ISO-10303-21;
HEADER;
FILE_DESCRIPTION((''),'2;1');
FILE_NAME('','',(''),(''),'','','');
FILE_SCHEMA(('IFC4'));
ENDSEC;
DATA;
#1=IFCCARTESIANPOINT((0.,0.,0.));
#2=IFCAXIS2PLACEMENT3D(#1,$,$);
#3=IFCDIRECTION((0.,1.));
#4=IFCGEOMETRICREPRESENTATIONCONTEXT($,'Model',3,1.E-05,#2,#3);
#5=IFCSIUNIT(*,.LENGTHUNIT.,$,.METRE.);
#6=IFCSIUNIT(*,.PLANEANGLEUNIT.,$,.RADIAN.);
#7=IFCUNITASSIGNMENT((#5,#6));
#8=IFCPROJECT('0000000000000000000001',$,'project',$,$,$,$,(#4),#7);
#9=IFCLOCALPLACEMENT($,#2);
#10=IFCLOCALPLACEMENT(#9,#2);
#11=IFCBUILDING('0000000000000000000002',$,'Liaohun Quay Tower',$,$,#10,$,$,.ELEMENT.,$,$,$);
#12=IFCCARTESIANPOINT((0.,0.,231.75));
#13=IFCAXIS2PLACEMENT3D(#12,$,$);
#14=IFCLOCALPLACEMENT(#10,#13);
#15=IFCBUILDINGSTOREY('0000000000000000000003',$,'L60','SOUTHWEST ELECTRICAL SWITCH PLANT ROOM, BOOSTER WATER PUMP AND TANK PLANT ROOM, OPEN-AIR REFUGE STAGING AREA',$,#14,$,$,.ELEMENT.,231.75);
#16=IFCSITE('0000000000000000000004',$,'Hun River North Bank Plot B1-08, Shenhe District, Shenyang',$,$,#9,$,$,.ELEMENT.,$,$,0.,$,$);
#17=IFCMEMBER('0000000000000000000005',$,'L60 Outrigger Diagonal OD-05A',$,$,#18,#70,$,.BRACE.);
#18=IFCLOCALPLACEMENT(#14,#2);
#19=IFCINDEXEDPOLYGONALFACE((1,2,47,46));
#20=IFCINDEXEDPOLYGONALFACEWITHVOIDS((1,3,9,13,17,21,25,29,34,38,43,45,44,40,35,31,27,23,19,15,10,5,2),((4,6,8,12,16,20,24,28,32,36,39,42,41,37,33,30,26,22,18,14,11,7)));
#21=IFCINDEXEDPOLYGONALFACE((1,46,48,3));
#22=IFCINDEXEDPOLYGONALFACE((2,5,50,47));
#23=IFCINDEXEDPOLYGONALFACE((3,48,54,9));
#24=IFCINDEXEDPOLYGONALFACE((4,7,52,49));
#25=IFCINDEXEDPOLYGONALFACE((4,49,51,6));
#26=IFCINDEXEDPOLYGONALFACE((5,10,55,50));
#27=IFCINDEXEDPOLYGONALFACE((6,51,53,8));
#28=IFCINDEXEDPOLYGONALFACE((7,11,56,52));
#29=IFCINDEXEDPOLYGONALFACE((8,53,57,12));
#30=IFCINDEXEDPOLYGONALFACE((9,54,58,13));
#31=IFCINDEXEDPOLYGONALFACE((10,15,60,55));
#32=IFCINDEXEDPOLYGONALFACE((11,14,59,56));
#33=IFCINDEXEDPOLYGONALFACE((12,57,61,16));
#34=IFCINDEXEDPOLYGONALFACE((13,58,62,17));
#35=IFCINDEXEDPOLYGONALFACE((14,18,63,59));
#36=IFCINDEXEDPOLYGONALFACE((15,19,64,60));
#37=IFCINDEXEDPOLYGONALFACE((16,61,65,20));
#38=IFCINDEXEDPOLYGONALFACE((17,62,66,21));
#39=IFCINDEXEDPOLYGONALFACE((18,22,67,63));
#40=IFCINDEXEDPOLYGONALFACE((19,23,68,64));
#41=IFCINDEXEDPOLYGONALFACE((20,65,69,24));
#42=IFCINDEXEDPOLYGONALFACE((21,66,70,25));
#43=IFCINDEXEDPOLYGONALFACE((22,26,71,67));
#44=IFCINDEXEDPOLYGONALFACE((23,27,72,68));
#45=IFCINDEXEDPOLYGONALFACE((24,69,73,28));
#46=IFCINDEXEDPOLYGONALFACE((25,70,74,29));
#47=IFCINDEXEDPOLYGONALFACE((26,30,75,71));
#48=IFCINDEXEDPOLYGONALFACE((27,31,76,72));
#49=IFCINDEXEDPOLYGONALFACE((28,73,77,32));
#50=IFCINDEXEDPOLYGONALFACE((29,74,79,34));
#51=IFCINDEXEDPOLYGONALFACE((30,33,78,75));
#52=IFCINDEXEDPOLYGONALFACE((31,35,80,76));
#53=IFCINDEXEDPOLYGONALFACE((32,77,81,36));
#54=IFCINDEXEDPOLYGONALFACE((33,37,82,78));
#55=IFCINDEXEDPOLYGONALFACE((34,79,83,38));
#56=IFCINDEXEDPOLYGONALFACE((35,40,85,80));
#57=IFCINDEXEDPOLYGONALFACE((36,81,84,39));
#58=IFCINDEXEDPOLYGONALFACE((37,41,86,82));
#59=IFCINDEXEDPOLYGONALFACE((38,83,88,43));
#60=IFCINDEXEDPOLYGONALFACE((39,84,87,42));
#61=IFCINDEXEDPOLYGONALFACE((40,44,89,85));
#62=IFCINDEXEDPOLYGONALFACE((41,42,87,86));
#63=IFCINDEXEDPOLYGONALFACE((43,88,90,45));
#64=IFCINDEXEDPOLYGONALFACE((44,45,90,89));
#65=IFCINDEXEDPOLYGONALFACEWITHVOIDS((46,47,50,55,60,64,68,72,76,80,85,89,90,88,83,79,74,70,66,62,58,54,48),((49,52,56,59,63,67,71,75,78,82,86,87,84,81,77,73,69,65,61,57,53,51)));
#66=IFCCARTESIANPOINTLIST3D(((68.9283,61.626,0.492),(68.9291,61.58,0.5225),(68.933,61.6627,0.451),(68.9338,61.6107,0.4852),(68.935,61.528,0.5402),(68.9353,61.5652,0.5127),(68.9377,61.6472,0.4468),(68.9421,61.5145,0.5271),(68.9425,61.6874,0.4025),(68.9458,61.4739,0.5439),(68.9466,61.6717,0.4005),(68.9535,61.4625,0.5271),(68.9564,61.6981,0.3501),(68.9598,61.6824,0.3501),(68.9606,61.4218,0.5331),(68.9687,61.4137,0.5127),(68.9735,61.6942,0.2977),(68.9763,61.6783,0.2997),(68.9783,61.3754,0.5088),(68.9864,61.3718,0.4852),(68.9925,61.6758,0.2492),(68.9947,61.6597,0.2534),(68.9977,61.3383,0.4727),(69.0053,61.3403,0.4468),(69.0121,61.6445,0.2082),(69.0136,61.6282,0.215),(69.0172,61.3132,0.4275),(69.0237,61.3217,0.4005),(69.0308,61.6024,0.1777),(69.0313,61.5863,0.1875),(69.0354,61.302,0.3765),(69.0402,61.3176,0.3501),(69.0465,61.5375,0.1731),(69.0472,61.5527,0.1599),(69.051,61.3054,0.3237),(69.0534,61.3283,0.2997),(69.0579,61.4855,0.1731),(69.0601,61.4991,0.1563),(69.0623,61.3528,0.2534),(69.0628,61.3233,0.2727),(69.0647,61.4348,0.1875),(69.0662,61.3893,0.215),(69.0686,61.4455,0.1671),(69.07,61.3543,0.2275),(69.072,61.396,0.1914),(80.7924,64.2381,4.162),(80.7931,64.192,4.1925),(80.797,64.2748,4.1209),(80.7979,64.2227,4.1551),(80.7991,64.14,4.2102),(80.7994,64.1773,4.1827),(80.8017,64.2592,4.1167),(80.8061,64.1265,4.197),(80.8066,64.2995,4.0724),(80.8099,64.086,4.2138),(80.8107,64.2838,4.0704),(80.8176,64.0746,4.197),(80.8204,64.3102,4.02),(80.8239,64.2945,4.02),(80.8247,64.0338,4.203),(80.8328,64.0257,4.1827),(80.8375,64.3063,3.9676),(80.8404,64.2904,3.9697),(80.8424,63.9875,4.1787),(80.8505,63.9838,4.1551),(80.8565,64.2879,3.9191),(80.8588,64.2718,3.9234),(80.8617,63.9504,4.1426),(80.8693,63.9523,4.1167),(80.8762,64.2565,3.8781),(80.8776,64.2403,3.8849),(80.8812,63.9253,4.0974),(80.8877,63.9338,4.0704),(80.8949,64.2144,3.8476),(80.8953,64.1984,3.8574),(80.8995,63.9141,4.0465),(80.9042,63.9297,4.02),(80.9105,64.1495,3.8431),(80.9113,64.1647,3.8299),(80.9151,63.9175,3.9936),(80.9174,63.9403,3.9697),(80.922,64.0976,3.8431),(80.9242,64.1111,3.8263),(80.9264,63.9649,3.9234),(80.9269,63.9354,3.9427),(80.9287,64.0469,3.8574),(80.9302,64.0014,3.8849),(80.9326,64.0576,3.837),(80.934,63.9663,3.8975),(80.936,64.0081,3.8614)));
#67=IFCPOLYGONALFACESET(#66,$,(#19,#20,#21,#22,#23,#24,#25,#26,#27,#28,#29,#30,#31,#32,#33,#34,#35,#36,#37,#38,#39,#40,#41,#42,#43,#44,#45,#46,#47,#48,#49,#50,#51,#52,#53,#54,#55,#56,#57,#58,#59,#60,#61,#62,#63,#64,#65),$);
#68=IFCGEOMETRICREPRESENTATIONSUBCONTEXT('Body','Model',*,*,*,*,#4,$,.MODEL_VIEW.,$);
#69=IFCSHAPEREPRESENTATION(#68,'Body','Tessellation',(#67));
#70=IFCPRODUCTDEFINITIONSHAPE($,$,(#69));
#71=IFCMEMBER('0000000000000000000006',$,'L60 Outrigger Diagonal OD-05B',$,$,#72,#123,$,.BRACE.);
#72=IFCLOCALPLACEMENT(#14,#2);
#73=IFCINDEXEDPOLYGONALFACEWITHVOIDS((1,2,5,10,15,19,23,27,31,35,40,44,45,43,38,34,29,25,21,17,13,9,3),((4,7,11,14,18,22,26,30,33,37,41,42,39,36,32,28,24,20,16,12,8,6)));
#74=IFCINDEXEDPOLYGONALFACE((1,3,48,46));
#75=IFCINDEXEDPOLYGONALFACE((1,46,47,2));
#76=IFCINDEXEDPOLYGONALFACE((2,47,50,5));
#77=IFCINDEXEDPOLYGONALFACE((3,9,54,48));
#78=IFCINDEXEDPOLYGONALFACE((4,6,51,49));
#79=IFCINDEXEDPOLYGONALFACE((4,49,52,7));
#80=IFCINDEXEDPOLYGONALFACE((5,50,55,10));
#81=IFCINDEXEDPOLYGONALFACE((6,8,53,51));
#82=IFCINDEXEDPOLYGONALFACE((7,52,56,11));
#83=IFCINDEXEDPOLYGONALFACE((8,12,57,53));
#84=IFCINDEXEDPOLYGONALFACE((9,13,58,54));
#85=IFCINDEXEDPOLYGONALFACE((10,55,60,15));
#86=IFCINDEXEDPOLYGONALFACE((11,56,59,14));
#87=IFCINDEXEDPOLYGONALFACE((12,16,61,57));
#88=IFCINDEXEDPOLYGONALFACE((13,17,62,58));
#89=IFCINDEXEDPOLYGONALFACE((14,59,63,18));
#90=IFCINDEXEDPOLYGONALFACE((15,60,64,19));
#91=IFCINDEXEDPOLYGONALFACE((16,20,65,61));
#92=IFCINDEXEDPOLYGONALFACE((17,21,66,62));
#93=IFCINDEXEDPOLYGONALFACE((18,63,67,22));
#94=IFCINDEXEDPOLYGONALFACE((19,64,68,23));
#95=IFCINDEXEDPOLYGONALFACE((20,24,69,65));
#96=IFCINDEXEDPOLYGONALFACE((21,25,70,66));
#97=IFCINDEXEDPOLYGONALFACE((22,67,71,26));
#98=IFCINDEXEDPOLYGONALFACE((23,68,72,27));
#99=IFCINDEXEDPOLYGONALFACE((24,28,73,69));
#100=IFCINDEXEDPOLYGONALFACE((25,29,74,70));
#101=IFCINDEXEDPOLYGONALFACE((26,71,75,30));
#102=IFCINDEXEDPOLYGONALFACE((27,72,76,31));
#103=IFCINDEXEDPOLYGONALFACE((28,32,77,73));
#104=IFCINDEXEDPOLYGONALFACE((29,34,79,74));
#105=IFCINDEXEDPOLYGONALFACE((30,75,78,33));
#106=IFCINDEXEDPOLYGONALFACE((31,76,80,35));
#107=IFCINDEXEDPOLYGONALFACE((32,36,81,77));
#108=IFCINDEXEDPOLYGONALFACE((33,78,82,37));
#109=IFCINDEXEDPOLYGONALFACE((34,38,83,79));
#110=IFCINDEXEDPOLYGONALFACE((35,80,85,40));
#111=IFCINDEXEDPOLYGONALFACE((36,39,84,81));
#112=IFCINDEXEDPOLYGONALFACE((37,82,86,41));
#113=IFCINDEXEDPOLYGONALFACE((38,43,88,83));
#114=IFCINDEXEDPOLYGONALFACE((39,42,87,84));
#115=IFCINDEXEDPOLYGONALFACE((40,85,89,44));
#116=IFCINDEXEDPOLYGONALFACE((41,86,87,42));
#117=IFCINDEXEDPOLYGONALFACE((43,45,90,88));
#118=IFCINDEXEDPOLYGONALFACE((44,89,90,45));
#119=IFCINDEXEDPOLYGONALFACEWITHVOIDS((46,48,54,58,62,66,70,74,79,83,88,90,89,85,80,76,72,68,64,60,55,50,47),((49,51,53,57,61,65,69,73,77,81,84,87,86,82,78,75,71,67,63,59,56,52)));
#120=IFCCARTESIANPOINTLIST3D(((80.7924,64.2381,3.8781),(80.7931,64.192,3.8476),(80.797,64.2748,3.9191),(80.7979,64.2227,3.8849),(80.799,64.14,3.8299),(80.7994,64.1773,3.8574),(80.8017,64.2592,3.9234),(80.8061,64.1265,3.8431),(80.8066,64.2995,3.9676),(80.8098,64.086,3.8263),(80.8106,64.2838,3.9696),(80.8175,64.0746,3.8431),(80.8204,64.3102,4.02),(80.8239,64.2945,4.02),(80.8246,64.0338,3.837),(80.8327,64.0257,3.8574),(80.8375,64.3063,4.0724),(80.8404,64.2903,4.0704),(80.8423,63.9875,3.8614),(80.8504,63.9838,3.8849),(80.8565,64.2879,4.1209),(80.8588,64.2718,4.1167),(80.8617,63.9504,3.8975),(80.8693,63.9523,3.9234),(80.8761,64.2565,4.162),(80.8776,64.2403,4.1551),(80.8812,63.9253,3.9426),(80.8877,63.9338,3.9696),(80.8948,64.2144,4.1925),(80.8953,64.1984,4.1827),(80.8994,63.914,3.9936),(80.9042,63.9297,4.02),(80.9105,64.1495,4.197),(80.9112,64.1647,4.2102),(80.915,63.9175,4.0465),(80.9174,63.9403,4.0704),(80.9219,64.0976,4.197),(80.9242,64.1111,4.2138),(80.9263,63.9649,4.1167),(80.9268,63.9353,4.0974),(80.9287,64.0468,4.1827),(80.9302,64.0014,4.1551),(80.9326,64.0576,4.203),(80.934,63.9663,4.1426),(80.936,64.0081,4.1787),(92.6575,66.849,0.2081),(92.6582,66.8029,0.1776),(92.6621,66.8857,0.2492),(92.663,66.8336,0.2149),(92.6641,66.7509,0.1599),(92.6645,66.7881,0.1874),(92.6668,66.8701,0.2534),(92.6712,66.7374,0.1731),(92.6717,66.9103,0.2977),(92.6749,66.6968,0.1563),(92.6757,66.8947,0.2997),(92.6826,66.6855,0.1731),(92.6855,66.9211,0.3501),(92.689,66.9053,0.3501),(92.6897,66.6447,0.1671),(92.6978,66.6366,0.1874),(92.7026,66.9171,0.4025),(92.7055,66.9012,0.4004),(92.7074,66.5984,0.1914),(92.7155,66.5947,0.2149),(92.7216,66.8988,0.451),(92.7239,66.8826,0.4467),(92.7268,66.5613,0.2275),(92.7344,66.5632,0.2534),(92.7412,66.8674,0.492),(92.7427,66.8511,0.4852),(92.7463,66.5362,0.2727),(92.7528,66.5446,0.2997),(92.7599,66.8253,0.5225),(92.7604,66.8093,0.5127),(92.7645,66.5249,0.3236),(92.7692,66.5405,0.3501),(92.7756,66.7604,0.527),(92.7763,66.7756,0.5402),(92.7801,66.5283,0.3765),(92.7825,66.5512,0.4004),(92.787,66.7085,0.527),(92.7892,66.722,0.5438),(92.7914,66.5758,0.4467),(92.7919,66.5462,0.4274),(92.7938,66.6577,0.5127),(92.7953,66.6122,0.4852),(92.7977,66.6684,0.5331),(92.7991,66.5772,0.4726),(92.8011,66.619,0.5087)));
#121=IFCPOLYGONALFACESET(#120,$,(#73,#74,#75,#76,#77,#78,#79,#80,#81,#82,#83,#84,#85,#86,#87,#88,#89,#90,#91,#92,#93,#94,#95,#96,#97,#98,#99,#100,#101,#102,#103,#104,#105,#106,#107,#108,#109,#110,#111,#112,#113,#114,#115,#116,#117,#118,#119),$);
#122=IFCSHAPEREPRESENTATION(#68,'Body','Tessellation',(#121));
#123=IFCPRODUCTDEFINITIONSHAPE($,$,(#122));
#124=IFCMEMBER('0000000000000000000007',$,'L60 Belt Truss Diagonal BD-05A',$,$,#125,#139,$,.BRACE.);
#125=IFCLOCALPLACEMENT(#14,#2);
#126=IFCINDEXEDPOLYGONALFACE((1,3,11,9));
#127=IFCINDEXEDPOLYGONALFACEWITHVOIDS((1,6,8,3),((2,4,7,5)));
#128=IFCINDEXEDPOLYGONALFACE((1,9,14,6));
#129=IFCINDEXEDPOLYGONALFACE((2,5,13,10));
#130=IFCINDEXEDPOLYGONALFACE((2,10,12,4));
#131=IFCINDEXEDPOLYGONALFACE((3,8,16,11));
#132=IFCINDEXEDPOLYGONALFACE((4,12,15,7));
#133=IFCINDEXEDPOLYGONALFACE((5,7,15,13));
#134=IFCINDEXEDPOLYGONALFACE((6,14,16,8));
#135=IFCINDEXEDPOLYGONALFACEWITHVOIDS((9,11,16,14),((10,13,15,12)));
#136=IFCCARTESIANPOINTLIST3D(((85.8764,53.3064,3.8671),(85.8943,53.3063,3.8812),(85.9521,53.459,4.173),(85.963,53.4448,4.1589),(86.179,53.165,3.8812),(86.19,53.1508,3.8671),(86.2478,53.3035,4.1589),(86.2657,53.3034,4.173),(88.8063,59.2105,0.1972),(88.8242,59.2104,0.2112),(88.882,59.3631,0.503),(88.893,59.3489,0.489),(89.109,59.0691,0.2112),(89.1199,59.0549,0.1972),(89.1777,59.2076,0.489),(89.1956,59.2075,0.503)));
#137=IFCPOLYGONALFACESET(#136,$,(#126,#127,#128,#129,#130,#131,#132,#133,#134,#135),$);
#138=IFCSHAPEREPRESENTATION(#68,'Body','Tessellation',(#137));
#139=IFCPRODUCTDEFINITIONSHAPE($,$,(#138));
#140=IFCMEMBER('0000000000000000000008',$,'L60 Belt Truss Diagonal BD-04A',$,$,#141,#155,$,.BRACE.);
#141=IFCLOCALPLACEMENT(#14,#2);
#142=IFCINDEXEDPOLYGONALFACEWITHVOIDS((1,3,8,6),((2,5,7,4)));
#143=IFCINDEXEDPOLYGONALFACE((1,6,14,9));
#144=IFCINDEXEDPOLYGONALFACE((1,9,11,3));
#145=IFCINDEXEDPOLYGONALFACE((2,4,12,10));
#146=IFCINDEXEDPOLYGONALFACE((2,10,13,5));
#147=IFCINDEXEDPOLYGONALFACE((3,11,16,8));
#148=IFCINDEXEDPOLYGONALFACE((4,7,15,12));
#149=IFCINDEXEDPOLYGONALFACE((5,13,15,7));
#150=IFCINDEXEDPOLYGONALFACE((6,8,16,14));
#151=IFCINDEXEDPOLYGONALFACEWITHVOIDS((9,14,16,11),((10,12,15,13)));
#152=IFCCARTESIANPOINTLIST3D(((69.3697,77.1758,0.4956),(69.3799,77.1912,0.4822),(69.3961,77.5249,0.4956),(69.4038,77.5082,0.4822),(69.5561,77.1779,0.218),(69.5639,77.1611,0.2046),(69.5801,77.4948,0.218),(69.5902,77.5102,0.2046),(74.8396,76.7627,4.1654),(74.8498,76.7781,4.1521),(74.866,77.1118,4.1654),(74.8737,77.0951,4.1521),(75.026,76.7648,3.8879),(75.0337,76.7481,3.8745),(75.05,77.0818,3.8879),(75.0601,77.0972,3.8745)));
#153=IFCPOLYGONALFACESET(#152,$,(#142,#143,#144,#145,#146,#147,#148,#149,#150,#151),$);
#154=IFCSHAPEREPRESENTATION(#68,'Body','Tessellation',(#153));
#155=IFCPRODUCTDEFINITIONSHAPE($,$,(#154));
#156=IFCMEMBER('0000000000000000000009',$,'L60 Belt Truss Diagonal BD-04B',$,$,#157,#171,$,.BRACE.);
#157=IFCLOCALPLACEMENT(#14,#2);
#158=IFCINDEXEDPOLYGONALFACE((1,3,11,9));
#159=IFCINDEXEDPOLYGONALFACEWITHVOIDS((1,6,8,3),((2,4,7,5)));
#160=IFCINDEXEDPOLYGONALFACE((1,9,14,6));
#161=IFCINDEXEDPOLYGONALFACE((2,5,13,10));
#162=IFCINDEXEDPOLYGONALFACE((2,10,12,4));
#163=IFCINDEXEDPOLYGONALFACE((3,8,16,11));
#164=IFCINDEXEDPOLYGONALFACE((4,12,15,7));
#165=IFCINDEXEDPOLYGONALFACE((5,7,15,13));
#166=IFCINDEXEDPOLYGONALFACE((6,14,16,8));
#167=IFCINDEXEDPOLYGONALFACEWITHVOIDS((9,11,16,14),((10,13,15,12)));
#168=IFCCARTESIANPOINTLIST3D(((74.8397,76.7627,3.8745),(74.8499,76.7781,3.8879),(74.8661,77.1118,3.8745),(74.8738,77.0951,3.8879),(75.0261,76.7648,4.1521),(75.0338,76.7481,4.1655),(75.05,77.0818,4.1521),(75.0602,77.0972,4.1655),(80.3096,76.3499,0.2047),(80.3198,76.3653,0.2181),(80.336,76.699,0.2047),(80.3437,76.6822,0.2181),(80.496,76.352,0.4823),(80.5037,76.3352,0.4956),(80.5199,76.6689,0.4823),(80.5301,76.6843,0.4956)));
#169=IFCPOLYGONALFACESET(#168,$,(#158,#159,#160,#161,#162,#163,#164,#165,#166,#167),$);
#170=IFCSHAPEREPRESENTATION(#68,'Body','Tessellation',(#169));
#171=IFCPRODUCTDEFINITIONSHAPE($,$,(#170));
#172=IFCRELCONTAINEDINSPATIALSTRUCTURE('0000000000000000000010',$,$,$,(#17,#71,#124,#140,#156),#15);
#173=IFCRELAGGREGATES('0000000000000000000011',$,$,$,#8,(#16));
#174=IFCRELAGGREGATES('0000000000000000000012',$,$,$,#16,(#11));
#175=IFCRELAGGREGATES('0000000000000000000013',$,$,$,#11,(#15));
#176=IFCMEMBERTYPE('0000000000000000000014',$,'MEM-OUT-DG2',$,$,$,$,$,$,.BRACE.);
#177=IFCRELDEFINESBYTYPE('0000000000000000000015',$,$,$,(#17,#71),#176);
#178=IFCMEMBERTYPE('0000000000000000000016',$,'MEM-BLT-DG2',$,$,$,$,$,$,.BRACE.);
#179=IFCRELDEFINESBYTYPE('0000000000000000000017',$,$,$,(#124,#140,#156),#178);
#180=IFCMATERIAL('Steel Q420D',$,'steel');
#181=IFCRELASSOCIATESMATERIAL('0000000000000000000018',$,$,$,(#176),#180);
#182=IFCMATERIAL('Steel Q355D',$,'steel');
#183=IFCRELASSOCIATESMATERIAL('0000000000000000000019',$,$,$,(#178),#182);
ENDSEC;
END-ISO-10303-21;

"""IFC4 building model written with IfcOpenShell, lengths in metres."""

from ifc_helpers import new_model, si_unit, direction, frame, origin, origin_2d, place, context, subcontext, project, spatial, hollow_rectangle, hollow_circle, extrude, source, transform, mapped, material, material_profile, profile_set, type_object, element, save


model = new_model("IFC4")

# Units and contexts
model_context = context("Model", 3, precision=1e-05, world=origin(), true_north=direction((0.0, 1.0)))
body_context = subcontext(model_context, "Body", "Model", "MODEL_VIEW")
ifc_project = project(units=[si_unit("LENGTHUNIT", "METRE"), si_unit("PLANEANGLEUNIT", "RADIAN")], contexts=[model_context])

# Site, building, storey
site_placement = place(None, origin())
site = spatial("IfcSite", under=ifc_project, at=site_placement, Name="Hun River North Bank Plot B1-08, Shenhe District, Shenyang", CompositionType="ELEMENT", RefElevation=0.0)
building_placement = place(site_placement, origin())
building = spatial("IfcBuilding", under=site, at=building_placement, Name="Liaohun Quay Tower", CompositionType="ELEMENT")
storey_placement = place(building_placement, frame((0.0, 0.0, 231.75)))
storey = spatial("IfcBuildingStorey", under=building, at=storey_placement, Name="L60", Description="SOUTHWEST ELECTRICAL SWITCH PLANT ROOM, BOOSTER WATER PUMP AND TANK PLANT ROOM, OPEN-AIR REFUGE STAGING AREA", CompositionType="ELEMENT", Elevation=231.75)

# Shared definitions
ifc_material_1 = material(Name="Steel Q355D", Category="steel")

# Members
ifc_material_2 = material(Name="Steel Q420D", Category="steel")
ifc_material_profile_1 = material_profile(ifc_material_2, hollow_circle(Radius=0.2029, WallThickness=0.0161, at=origin_2d()), Name="CHS406x16")
ifc_profile_set_1 = profile_set([ifc_material_profile_1], Name="Steel Q420D")
member_type_1 = type_object("IfcMemberType", Name="MEM-OUT-DG2", PredefinedType="BRACE", material=ifc_profile_set_1)
shared_shape_1 = source(origin(), body_context, "Body", "SweptSolid", [
    extrude(hollow_circle(Radius=0.2029, WallThickness=0.0161, at=origin_2d()), origin(), (0.0, 0.0, 1.0), 12.6904),
])
member_1_placement = place(storey_placement, frame((69.0, 61.5, 0.3501), z_axis=(0.934882, 0.20583, 0.289189), x_axis=(-0.215017, 0.97661, 0.0)))
element("IfcMember", 1, at=member_1_placement, inside=storey, type_object=member_type_1, Name="L60 Outrigger Diagonal OD-05A", PredefinedType="BRACE", context=body_context, shape_type="MappedRepresentation", body=[
    mapped(shared_shape_1, transform((0.0, 0.0, 0.0), x_axis=(1.0, 0.0, 0.0), y_axis=(0.0, 1.0, 0.0), z_axis=(0.0, 0.0, 1.0), scale=1.0)),
])
shared_shape_2 = source(origin(), body_context, "Body", "SweptSolid", [
    extrude(hollow_circle(Radius=0.2029, WallThickness=0.0161, at=origin_2d()), origin(), (0.0, 0.0, 1.0), 12.6912),
])
member_2_placement = place(storey_placement, frame((80.864, 64.1121, 4.02), z_axis=(0.93491, 0.205723, -0.289174), x_axis=(-0.214904, 0.976635, 0.0)))
element("IfcMember", 2, at=member_2_placement, inside=storey, type_object=member_type_1, Name="L60 Outrigger Diagonal OD-05B", PredefinedType="BRACE", context=body_context, shape_type="MappedRepresentation", body=[
    mapped(shared_shape_2, transform((0.0, 0.0, 0.0), x_axis=(1.0, 0.0, 0.0), y_axis=(0.0, 1.0, 0.0), z_axis=(0.0, 0.0, 1.0), scale=1.0)),
])
ifc_material_profile_2 = material_profile(ifc_material_1, hollow_rectangle(XDim=0.3501, YDim=0.3501, WallThickness=0.0161, at=origin_2d()), Name="SHS350x350x16")
ifc_profile_set_2 = profile_set([ifc_material_profile_2], Name="Steel Q355D")
member_type_2 = type_object("IfcMemberType", Name="MEM-BLT-DG2", PredefinedType="BRACE", material=ifc_profile_set_2)
shared_shape_3 = source(origin(), body_context, "Body", "SweptSolid", [
    extrude(hollow_rectangle(XDim=0.3501, YDim=0.3501, WallThickness=0.0161, at=origin_2d()), origin(), (0.0, 0.0, 1.0), 7.5439),
])
member_3_placement = place(storey_placement, frame((89.001, 59.209, 0.3501), z_axis=(-0.388383, -0.782624, 0.486474), x_axis=(0.895764, -0.44453, 0.0)))
element("IfcMember", 3, at=member_3_placement, inside=storey, type_object=member_type_2, Name="L60 Belt Truss Diagonal BD-05A", PredefinedType="BRACE", context=body_context, shape_type="MappedRepresentation", body=[
    mapped(shared_shape_3, transform((0.0, 0.0, 0.0), x_axis=(1.0, 0.0, 0.0), y_axis=(0.0, 1.0, 0.0), z_axis=(0.0, 0.0, 1.0), scale=1.0)),
])
shared_shape_4 = source(origin(), body_context, "Body", "SweptSolid", [
    extrude(hollow_rectangle(XDim=0.3501, YDim=0.3501, WallThickness=0.0161, at=origin_2d()), origin(), (0.0, 0.0, 1.0), 6.5999),
])
for number, where, z_axis, x_axis, name in (
    (4, (69.48, 77.343, 0.3501), (0.828788, -0.062589, 0.556052), (0.075304, 0.997161, 0.0), "L60 Belt Truss Diagonal BD-04A"),
    (5, (74.95, 76.9299, 4.02), (0.82879, -0.062552, -0.556053), (0.07526, 0.997164, 0.0), "L60 Belt Truss Diagonal BD-04B"),
):
    element("IfcMember", number, at=place(storey_placement, frame(where, z_axis=z_axis, x_axis=x_axis)), inside=storey, type_object=member_type_2, Name=name, PredefinedType="BRACE", context=body_context, shape_type="MappedRepresentation", body=[
        mapped(shared_shape_4, transform((0.0, 0.0, 0.0), x_axis=(1.0, 0.0, 0.0), y_axis=(0.0, 1.0, 0.0), z_axis=(0.0, 0.0, 1.0), scale=1.0)),
    ])

save(model, "model.ifc")
